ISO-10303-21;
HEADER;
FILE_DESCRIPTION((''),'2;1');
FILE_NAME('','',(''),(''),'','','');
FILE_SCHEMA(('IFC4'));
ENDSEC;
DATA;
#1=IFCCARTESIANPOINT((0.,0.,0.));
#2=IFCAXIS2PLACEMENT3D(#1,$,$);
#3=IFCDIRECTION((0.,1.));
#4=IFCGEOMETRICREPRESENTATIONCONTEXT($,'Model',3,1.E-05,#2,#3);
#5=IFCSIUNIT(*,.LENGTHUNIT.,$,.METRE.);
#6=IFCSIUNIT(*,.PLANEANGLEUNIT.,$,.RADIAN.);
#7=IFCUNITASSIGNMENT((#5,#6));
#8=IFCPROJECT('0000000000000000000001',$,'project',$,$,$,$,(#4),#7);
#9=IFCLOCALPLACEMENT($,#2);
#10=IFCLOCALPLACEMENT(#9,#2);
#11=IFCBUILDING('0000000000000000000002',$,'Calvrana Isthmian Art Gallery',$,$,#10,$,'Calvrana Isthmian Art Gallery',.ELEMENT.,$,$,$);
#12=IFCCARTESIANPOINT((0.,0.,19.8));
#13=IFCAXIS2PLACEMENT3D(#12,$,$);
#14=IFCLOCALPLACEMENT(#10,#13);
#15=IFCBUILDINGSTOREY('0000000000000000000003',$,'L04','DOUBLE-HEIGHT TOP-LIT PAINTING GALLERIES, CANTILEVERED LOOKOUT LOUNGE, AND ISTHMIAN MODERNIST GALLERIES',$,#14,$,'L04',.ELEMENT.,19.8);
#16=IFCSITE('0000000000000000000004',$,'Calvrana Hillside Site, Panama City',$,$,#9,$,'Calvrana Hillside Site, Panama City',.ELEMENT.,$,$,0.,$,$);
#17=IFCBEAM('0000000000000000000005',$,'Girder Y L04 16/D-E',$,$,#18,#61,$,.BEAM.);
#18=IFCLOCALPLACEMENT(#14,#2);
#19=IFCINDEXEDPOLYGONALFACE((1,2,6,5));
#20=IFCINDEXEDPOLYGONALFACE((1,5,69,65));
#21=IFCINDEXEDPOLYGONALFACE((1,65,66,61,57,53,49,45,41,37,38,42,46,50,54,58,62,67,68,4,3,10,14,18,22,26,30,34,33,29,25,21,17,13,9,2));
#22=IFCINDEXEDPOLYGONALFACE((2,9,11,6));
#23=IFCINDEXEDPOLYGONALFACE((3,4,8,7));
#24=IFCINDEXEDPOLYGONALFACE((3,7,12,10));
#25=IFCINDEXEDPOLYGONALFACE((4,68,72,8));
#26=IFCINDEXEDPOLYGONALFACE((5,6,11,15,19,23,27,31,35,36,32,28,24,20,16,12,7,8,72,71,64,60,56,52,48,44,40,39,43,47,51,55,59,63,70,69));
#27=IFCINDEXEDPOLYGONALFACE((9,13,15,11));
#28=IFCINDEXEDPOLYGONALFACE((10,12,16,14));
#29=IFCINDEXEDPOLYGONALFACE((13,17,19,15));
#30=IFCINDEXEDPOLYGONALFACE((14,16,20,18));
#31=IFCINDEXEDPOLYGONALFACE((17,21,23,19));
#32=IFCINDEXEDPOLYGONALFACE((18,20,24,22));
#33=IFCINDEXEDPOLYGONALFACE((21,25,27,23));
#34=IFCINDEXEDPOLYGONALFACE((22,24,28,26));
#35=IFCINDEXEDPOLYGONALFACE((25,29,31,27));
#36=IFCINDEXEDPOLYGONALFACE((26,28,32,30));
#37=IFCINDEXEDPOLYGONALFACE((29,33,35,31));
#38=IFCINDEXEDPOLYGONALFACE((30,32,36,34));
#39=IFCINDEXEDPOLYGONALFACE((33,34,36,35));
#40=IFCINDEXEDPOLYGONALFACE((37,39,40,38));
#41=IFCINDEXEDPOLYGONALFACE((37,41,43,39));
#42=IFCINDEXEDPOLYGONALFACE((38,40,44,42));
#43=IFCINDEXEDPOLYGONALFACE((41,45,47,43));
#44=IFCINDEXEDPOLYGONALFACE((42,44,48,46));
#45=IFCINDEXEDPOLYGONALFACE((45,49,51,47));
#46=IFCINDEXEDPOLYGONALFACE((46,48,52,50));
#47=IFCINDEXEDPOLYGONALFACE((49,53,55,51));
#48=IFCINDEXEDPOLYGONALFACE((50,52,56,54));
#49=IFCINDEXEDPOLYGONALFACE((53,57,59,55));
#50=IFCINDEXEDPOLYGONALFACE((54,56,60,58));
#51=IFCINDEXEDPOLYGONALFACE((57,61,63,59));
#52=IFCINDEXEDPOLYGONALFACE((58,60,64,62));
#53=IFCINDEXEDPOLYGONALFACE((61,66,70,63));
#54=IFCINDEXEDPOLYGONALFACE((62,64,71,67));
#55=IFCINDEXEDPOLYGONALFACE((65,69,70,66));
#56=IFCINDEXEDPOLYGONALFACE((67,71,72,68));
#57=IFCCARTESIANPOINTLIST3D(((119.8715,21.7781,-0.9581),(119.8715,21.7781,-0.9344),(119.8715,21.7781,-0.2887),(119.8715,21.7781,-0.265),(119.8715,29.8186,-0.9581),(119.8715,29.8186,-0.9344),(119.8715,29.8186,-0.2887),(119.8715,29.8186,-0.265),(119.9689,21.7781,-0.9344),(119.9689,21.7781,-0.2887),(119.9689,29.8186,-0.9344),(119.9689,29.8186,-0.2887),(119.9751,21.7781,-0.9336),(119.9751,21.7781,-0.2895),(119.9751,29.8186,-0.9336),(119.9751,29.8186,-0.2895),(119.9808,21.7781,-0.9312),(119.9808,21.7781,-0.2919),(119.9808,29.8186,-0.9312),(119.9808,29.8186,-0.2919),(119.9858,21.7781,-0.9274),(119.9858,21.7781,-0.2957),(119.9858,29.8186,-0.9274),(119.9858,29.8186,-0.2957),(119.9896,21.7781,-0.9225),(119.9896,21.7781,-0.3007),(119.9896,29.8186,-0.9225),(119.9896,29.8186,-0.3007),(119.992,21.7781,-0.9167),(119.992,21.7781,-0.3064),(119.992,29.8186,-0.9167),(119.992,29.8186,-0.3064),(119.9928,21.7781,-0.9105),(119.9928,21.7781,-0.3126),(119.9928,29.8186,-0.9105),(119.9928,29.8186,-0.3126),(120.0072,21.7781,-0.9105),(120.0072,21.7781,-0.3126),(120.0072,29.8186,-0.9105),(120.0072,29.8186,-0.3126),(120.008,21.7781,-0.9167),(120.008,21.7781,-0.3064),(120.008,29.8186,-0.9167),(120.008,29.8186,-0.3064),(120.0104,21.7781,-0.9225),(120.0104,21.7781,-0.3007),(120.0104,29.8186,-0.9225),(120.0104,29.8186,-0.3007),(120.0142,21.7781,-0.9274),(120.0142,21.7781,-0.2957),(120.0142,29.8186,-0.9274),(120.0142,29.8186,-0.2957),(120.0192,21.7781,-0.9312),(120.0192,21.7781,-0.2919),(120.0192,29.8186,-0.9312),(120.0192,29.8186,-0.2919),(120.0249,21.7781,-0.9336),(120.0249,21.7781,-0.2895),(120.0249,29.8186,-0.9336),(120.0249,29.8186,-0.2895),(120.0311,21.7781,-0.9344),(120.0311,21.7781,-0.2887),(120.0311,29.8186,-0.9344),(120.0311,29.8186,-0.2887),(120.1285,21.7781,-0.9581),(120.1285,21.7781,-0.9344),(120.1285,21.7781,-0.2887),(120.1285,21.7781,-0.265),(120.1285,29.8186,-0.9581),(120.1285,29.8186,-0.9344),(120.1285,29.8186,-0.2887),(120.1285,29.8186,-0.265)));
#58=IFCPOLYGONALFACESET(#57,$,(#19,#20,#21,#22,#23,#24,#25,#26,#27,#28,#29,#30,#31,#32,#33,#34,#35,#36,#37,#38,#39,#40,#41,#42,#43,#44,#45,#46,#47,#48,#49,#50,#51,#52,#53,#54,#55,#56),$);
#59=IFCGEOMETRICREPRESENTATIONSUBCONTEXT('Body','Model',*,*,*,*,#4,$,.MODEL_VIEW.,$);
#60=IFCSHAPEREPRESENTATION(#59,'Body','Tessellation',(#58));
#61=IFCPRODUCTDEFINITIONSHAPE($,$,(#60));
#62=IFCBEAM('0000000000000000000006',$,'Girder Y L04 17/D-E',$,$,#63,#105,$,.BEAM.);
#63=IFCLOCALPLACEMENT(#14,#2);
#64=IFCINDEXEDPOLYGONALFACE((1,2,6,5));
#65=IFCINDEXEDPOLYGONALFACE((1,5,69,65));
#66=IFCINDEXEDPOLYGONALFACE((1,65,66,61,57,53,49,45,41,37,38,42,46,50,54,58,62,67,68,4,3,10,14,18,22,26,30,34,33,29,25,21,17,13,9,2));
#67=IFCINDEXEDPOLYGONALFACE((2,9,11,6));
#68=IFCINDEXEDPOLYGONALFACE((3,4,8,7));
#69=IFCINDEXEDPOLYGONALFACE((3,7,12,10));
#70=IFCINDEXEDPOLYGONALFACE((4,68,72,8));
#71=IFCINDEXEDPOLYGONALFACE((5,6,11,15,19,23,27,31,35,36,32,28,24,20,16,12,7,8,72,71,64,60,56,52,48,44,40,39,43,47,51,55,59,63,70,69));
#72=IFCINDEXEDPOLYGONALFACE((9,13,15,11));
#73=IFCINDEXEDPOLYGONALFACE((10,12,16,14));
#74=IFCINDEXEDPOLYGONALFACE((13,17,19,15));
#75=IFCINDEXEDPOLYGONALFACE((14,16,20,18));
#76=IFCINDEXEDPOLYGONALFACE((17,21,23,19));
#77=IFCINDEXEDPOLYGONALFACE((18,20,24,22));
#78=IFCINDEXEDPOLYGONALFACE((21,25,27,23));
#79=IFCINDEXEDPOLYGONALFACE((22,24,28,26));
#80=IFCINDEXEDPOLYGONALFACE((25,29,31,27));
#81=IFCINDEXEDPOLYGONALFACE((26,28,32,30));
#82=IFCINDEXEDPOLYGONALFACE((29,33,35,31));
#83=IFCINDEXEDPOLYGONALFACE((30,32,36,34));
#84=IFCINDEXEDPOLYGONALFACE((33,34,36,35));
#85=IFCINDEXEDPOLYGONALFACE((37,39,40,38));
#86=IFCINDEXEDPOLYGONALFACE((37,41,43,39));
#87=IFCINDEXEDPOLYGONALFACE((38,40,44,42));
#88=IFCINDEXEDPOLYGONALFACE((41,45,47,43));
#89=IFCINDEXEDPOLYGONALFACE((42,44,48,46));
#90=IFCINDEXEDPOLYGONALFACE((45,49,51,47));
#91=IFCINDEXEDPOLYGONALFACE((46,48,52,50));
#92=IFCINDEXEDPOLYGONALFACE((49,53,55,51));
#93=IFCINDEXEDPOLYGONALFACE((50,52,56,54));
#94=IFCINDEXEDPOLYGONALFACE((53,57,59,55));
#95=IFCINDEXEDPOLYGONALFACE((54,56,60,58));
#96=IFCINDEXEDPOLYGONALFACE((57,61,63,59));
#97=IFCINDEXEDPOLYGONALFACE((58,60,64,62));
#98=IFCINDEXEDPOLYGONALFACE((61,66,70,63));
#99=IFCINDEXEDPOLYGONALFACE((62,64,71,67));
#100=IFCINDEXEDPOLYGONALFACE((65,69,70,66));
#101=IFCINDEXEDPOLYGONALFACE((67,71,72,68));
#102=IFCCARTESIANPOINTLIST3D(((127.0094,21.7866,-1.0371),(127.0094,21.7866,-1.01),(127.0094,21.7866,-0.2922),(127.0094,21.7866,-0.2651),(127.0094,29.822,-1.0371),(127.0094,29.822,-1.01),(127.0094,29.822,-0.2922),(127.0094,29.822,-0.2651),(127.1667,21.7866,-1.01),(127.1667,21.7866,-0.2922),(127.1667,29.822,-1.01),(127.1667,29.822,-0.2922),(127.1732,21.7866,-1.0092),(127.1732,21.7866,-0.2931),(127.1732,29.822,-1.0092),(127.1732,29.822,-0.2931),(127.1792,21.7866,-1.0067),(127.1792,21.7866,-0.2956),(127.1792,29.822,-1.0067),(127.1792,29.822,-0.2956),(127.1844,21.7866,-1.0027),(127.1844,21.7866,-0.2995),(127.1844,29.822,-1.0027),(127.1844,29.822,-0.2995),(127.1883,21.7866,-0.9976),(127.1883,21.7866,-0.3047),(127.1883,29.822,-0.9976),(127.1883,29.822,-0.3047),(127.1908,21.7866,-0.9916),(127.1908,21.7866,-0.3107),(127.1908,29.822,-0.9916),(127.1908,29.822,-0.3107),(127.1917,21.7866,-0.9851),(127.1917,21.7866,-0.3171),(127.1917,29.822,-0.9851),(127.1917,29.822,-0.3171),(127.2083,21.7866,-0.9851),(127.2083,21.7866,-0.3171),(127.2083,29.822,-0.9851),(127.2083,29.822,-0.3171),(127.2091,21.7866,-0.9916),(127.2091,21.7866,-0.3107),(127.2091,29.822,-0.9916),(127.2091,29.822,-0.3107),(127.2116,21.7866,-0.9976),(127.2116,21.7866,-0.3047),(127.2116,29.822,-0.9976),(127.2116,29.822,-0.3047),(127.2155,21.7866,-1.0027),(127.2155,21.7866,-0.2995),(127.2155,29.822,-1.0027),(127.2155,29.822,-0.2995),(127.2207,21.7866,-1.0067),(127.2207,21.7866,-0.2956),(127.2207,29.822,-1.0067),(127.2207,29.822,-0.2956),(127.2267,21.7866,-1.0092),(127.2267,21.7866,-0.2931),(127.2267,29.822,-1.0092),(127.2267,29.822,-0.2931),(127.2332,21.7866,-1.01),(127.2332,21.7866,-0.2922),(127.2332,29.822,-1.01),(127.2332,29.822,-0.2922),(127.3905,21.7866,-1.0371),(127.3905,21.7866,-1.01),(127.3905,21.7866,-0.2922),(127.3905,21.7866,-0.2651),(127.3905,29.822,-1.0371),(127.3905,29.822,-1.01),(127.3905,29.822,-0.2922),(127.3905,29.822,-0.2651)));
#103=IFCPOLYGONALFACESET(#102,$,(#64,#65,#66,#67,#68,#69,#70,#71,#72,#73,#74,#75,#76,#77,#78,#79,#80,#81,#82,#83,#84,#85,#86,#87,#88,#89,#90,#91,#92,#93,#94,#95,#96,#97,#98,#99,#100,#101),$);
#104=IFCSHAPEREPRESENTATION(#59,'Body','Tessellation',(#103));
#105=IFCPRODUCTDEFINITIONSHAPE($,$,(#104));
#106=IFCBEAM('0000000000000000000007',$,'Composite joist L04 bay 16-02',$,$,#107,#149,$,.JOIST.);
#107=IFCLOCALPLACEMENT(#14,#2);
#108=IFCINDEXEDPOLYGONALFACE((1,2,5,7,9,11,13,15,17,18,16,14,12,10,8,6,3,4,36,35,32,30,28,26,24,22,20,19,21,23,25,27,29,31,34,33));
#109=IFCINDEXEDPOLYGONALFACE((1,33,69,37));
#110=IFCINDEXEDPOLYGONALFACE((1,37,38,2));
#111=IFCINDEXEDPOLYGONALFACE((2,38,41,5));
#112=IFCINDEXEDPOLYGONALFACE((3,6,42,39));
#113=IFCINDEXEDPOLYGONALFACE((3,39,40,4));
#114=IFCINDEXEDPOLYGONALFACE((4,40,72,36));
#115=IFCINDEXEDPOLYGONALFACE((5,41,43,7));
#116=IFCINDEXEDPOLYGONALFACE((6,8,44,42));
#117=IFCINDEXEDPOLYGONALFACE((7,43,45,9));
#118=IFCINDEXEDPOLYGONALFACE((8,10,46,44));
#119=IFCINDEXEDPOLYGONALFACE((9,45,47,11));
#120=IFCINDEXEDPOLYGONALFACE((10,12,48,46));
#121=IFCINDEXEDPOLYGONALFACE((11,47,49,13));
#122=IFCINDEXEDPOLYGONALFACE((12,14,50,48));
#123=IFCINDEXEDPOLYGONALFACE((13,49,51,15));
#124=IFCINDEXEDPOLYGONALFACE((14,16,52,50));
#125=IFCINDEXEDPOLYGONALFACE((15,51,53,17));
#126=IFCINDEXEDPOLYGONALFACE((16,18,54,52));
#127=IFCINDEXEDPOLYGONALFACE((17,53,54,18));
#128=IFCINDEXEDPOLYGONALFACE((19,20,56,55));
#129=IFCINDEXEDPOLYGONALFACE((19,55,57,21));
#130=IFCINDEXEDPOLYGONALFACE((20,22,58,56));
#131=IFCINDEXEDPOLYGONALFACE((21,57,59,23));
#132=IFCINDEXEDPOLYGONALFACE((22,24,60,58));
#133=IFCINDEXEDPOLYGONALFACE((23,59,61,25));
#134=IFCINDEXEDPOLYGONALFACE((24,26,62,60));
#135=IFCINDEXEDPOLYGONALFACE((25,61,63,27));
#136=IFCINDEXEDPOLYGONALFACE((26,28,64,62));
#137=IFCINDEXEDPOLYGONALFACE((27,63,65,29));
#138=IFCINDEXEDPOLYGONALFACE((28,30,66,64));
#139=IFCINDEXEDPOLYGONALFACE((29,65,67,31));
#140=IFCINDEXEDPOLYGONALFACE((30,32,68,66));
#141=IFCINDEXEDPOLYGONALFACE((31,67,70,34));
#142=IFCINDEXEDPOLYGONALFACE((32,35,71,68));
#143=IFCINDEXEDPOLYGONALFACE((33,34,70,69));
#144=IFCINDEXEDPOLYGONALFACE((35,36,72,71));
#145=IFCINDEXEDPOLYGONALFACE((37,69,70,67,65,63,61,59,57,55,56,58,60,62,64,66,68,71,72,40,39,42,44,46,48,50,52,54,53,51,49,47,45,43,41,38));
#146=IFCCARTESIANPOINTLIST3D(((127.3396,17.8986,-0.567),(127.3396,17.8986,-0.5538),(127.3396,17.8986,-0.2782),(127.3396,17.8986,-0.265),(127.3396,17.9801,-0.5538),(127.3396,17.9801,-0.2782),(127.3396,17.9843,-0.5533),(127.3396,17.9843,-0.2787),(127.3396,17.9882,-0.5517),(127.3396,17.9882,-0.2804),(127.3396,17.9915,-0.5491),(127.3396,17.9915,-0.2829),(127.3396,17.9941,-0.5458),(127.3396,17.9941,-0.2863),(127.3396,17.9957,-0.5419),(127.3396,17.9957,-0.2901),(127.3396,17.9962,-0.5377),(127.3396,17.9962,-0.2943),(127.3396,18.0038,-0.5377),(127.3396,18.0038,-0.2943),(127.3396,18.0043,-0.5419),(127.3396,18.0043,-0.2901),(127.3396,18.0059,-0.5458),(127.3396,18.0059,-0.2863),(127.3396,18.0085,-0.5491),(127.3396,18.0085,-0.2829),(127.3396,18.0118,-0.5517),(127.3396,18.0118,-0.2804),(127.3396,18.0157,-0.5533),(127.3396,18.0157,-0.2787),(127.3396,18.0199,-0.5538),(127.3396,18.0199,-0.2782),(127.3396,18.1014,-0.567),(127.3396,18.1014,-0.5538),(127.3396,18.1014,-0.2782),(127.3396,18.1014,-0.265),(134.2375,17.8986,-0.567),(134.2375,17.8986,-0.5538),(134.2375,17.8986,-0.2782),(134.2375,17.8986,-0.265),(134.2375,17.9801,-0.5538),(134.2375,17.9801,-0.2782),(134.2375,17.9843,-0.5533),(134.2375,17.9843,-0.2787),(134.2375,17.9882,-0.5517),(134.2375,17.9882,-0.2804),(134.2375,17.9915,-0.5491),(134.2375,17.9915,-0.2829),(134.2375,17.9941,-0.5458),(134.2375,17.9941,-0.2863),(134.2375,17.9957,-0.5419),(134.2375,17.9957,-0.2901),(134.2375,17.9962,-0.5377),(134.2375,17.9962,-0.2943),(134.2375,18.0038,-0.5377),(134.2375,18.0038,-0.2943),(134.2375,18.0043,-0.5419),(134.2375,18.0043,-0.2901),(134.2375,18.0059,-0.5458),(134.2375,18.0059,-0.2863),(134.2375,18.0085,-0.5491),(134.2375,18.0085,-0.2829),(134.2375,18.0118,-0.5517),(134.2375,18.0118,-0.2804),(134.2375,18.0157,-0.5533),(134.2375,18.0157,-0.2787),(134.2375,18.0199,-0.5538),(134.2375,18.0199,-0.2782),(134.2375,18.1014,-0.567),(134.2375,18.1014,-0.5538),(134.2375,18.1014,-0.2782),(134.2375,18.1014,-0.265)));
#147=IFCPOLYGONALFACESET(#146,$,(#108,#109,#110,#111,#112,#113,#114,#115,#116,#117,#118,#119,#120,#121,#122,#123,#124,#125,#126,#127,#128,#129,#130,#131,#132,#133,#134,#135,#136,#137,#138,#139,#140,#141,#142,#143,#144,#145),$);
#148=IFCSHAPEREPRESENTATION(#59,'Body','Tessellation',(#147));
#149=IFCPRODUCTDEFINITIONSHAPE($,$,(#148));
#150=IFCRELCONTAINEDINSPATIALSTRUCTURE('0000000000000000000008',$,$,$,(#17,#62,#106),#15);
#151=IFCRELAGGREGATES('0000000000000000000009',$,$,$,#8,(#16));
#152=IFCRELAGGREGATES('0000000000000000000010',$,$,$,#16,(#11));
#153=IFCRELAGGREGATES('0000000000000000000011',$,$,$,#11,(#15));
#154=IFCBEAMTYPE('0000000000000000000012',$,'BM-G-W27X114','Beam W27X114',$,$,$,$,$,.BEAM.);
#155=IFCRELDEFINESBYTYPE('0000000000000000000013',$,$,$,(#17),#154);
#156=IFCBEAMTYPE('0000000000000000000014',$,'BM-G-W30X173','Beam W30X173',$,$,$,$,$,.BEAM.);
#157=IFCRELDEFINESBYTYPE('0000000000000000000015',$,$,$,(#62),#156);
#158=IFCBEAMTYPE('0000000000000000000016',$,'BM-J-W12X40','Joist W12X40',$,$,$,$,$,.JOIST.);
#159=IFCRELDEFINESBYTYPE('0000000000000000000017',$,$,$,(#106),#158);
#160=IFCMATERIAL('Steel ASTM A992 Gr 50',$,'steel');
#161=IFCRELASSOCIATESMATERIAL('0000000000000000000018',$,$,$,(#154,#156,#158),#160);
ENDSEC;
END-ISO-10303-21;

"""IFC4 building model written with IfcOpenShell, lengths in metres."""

from ifc_helpers import new_model, si_unit, direction, frame, origin, origin_2d, place, context, subcontext, project, spatial, i_section, extrude, material, material_profile, profile_set, type_object, element, save


model = new_model("IFC4")

# Units and contexts
model_context = context("Model", 3, precision=1e-05, world=origin(), true_north=direction((0.0, 1.0)))
body_context = subcontext(model_context, "Body", "Model", "MODEL_VIEW")
ifc_project = project(units=[si_unit("LENGTHUNIT", "METRE"), si_unit("PLANEANGLEUNIT", "RADIAN")], contexts=[model_context])

# Site, building, storey
site_placement = place(None, origin())
site = spatial("IfcSite", under=ifc_project, at=site_placement, Name="Calvrana Hillside Site, Panama City", LongName="Calvrana Hillside Site, Panama City", CompositionType="ELEMENT", RefElevation=0.0)
building_placement = place(site_placement, origin())
building = spatial("IfcBuilding", under=site, at=building_placement, Name="Calvrana Isthmian Art Gallery", LongName="Calvrana Isthmian Art Gallery", CompositionType="ELEMENT")
storey_placement = place(building_placement, frame((0.0, 0.0, 19.8)))
storey = spatial("IfcBuildingStorey", under=building, at=storey_placement, Name="L04", Description="DOUBLE-HEIGHT TOP-LIT PAINTING GALLERIES, CANTILEVERED LOOKOUT LOUNGE, AND ISTHMIAN MODERNIST GALLERIES", LongName="L04", CompositionType="ELEMENT", Elevation=19.8)

# Shared definitions
ifc_material_1 = material(Name="Steel ASTM A992 Gr 50", Category="steel")

# Beams
ifc_material_profile_1 = material_profile(ifc_material_1, i_section(OverallWidth=0.2571, OverallDepth=0.6931, WebThickness=0.0144, FlangeThickness=0.0237, FilletRadius=0.0239, at=origin_2d()), Name="W27X114")
ifc_profile_set_1 = profile_set([ifc_material_profile_1], Name="Steel ASTM A992 Gr 50")
beam_type_1 = type_object("IfcBeamType", Name="BM-G-W27X114", Description="Beam W27X114", PredefinedType="BEAM", material=ifc_profile_set_1)
beam_1_placement = place(storey_placement, frame((120.0, 21.7781, -0.6116), z_axis=(0.0, 1.0, 0.0), x_axis=(-1.0, 0.0, 0.0)))
element("IfcBeam", 1, at=beam_1_placement, inside=storey, type_object=beam_type_1, Name="Girder Y L04 16/D-E", PredefinedType="BEAM", context=body_context, shape_type="SweptSolid", body=[
    extrude(i_section(OverallWidth=0.2571, OverallDepth=0.6931, WebThickness=0.0144, FlangeThickness=0.0237, FilletRadius=0.0239, at=origin_2d()), origin(), (0.0, 0.0, 1.0), 8.0405),
])
ifc_material_profile_2 = material_profile(ifc_material_1, i_section(OverallWidth=0.3811, OverallDepth=0.772, WebThickness=0.0166, FlangeThickness=0.0271, FilletRadius=0.0249, at=origin_2d()), Name="W30X173")
ifc_profile_set_2 = profile_set([ifc_material_profile_2], Name="Steel ASTM A992 Gr 50")
beam_type_2 = type_object("IfcBeamType", Name="BM-G-W30X173", Description="Beam W30X173", PredefinedType="BEAM", material=ifc_profile_set_2)
beam_2_placement = place(storey_placement, frame((127.2, 21.7866, -0.6511), z_axis=(0.0, 1.0, 0.0), x_axis=(-1.0, 0.0, 0.0)))
element("IfcBeam", 2, at=beam_2_placement, inside=storey, type_object=beam_type_2, Name="Girder Y L04 17/D-E", PredefinedType="BEAM", context=body_context, shape_type="SweptSolid", body=[
    extrude(i_section(OverallWidth=0.3811, OverallDepth=0.772, WebThickness=0.0166, FlangeThickness=0.0271, FilletRadius=0.0249, at=origin_2d()), origin(), (0.0, 0.0, 1.0), 8.0354),
])
ifc_material_profile_3 = material_profile(ifc_material_1, i_section(OverallWidth=0.2029, OverallDepth=0.302, WebThickness=0.0076, FlangeThickness=0.0132, FilletRadius=0.0161, at=origin_2d()), Name="W12X40")
ifc_profile_set_3 = profile_set([ifc_material_profile_3], Name="Steel ASTM A992 Gr 50")
beam_type_3 = type_object("IfcBeamType", Name="BM-J-W12X40", Description="Joist W12X40", PredefinedType="JOIST", material=ifc_profile_set_3)
beam_3_placement = place(storey_placement, frame((127.3396, 18.0, -0.416), z_axis=(1.0, 0.0, 0.0), x_axis=(0.0, 1.0, 0.0)))
element("IfcBeam", 3, at=beam_3_placement, inside=storey, type_object=beam_type_3, Name="Composite joist L04 bay 16-02", PredefinedType="JOIST", context=body_context, shape_type="SweptSolid", body=[
    extrude(i_section(OverallWidth=0.2029, OverallDepth=0.302, WebThickness=0.0076, FlangeThickness=0.0132, FilletRadius=0.0161, at=origin_2d()), origin(), (0.0, 0.0, 1.0), 6.8979),
])

save(model, "model.ifc")
